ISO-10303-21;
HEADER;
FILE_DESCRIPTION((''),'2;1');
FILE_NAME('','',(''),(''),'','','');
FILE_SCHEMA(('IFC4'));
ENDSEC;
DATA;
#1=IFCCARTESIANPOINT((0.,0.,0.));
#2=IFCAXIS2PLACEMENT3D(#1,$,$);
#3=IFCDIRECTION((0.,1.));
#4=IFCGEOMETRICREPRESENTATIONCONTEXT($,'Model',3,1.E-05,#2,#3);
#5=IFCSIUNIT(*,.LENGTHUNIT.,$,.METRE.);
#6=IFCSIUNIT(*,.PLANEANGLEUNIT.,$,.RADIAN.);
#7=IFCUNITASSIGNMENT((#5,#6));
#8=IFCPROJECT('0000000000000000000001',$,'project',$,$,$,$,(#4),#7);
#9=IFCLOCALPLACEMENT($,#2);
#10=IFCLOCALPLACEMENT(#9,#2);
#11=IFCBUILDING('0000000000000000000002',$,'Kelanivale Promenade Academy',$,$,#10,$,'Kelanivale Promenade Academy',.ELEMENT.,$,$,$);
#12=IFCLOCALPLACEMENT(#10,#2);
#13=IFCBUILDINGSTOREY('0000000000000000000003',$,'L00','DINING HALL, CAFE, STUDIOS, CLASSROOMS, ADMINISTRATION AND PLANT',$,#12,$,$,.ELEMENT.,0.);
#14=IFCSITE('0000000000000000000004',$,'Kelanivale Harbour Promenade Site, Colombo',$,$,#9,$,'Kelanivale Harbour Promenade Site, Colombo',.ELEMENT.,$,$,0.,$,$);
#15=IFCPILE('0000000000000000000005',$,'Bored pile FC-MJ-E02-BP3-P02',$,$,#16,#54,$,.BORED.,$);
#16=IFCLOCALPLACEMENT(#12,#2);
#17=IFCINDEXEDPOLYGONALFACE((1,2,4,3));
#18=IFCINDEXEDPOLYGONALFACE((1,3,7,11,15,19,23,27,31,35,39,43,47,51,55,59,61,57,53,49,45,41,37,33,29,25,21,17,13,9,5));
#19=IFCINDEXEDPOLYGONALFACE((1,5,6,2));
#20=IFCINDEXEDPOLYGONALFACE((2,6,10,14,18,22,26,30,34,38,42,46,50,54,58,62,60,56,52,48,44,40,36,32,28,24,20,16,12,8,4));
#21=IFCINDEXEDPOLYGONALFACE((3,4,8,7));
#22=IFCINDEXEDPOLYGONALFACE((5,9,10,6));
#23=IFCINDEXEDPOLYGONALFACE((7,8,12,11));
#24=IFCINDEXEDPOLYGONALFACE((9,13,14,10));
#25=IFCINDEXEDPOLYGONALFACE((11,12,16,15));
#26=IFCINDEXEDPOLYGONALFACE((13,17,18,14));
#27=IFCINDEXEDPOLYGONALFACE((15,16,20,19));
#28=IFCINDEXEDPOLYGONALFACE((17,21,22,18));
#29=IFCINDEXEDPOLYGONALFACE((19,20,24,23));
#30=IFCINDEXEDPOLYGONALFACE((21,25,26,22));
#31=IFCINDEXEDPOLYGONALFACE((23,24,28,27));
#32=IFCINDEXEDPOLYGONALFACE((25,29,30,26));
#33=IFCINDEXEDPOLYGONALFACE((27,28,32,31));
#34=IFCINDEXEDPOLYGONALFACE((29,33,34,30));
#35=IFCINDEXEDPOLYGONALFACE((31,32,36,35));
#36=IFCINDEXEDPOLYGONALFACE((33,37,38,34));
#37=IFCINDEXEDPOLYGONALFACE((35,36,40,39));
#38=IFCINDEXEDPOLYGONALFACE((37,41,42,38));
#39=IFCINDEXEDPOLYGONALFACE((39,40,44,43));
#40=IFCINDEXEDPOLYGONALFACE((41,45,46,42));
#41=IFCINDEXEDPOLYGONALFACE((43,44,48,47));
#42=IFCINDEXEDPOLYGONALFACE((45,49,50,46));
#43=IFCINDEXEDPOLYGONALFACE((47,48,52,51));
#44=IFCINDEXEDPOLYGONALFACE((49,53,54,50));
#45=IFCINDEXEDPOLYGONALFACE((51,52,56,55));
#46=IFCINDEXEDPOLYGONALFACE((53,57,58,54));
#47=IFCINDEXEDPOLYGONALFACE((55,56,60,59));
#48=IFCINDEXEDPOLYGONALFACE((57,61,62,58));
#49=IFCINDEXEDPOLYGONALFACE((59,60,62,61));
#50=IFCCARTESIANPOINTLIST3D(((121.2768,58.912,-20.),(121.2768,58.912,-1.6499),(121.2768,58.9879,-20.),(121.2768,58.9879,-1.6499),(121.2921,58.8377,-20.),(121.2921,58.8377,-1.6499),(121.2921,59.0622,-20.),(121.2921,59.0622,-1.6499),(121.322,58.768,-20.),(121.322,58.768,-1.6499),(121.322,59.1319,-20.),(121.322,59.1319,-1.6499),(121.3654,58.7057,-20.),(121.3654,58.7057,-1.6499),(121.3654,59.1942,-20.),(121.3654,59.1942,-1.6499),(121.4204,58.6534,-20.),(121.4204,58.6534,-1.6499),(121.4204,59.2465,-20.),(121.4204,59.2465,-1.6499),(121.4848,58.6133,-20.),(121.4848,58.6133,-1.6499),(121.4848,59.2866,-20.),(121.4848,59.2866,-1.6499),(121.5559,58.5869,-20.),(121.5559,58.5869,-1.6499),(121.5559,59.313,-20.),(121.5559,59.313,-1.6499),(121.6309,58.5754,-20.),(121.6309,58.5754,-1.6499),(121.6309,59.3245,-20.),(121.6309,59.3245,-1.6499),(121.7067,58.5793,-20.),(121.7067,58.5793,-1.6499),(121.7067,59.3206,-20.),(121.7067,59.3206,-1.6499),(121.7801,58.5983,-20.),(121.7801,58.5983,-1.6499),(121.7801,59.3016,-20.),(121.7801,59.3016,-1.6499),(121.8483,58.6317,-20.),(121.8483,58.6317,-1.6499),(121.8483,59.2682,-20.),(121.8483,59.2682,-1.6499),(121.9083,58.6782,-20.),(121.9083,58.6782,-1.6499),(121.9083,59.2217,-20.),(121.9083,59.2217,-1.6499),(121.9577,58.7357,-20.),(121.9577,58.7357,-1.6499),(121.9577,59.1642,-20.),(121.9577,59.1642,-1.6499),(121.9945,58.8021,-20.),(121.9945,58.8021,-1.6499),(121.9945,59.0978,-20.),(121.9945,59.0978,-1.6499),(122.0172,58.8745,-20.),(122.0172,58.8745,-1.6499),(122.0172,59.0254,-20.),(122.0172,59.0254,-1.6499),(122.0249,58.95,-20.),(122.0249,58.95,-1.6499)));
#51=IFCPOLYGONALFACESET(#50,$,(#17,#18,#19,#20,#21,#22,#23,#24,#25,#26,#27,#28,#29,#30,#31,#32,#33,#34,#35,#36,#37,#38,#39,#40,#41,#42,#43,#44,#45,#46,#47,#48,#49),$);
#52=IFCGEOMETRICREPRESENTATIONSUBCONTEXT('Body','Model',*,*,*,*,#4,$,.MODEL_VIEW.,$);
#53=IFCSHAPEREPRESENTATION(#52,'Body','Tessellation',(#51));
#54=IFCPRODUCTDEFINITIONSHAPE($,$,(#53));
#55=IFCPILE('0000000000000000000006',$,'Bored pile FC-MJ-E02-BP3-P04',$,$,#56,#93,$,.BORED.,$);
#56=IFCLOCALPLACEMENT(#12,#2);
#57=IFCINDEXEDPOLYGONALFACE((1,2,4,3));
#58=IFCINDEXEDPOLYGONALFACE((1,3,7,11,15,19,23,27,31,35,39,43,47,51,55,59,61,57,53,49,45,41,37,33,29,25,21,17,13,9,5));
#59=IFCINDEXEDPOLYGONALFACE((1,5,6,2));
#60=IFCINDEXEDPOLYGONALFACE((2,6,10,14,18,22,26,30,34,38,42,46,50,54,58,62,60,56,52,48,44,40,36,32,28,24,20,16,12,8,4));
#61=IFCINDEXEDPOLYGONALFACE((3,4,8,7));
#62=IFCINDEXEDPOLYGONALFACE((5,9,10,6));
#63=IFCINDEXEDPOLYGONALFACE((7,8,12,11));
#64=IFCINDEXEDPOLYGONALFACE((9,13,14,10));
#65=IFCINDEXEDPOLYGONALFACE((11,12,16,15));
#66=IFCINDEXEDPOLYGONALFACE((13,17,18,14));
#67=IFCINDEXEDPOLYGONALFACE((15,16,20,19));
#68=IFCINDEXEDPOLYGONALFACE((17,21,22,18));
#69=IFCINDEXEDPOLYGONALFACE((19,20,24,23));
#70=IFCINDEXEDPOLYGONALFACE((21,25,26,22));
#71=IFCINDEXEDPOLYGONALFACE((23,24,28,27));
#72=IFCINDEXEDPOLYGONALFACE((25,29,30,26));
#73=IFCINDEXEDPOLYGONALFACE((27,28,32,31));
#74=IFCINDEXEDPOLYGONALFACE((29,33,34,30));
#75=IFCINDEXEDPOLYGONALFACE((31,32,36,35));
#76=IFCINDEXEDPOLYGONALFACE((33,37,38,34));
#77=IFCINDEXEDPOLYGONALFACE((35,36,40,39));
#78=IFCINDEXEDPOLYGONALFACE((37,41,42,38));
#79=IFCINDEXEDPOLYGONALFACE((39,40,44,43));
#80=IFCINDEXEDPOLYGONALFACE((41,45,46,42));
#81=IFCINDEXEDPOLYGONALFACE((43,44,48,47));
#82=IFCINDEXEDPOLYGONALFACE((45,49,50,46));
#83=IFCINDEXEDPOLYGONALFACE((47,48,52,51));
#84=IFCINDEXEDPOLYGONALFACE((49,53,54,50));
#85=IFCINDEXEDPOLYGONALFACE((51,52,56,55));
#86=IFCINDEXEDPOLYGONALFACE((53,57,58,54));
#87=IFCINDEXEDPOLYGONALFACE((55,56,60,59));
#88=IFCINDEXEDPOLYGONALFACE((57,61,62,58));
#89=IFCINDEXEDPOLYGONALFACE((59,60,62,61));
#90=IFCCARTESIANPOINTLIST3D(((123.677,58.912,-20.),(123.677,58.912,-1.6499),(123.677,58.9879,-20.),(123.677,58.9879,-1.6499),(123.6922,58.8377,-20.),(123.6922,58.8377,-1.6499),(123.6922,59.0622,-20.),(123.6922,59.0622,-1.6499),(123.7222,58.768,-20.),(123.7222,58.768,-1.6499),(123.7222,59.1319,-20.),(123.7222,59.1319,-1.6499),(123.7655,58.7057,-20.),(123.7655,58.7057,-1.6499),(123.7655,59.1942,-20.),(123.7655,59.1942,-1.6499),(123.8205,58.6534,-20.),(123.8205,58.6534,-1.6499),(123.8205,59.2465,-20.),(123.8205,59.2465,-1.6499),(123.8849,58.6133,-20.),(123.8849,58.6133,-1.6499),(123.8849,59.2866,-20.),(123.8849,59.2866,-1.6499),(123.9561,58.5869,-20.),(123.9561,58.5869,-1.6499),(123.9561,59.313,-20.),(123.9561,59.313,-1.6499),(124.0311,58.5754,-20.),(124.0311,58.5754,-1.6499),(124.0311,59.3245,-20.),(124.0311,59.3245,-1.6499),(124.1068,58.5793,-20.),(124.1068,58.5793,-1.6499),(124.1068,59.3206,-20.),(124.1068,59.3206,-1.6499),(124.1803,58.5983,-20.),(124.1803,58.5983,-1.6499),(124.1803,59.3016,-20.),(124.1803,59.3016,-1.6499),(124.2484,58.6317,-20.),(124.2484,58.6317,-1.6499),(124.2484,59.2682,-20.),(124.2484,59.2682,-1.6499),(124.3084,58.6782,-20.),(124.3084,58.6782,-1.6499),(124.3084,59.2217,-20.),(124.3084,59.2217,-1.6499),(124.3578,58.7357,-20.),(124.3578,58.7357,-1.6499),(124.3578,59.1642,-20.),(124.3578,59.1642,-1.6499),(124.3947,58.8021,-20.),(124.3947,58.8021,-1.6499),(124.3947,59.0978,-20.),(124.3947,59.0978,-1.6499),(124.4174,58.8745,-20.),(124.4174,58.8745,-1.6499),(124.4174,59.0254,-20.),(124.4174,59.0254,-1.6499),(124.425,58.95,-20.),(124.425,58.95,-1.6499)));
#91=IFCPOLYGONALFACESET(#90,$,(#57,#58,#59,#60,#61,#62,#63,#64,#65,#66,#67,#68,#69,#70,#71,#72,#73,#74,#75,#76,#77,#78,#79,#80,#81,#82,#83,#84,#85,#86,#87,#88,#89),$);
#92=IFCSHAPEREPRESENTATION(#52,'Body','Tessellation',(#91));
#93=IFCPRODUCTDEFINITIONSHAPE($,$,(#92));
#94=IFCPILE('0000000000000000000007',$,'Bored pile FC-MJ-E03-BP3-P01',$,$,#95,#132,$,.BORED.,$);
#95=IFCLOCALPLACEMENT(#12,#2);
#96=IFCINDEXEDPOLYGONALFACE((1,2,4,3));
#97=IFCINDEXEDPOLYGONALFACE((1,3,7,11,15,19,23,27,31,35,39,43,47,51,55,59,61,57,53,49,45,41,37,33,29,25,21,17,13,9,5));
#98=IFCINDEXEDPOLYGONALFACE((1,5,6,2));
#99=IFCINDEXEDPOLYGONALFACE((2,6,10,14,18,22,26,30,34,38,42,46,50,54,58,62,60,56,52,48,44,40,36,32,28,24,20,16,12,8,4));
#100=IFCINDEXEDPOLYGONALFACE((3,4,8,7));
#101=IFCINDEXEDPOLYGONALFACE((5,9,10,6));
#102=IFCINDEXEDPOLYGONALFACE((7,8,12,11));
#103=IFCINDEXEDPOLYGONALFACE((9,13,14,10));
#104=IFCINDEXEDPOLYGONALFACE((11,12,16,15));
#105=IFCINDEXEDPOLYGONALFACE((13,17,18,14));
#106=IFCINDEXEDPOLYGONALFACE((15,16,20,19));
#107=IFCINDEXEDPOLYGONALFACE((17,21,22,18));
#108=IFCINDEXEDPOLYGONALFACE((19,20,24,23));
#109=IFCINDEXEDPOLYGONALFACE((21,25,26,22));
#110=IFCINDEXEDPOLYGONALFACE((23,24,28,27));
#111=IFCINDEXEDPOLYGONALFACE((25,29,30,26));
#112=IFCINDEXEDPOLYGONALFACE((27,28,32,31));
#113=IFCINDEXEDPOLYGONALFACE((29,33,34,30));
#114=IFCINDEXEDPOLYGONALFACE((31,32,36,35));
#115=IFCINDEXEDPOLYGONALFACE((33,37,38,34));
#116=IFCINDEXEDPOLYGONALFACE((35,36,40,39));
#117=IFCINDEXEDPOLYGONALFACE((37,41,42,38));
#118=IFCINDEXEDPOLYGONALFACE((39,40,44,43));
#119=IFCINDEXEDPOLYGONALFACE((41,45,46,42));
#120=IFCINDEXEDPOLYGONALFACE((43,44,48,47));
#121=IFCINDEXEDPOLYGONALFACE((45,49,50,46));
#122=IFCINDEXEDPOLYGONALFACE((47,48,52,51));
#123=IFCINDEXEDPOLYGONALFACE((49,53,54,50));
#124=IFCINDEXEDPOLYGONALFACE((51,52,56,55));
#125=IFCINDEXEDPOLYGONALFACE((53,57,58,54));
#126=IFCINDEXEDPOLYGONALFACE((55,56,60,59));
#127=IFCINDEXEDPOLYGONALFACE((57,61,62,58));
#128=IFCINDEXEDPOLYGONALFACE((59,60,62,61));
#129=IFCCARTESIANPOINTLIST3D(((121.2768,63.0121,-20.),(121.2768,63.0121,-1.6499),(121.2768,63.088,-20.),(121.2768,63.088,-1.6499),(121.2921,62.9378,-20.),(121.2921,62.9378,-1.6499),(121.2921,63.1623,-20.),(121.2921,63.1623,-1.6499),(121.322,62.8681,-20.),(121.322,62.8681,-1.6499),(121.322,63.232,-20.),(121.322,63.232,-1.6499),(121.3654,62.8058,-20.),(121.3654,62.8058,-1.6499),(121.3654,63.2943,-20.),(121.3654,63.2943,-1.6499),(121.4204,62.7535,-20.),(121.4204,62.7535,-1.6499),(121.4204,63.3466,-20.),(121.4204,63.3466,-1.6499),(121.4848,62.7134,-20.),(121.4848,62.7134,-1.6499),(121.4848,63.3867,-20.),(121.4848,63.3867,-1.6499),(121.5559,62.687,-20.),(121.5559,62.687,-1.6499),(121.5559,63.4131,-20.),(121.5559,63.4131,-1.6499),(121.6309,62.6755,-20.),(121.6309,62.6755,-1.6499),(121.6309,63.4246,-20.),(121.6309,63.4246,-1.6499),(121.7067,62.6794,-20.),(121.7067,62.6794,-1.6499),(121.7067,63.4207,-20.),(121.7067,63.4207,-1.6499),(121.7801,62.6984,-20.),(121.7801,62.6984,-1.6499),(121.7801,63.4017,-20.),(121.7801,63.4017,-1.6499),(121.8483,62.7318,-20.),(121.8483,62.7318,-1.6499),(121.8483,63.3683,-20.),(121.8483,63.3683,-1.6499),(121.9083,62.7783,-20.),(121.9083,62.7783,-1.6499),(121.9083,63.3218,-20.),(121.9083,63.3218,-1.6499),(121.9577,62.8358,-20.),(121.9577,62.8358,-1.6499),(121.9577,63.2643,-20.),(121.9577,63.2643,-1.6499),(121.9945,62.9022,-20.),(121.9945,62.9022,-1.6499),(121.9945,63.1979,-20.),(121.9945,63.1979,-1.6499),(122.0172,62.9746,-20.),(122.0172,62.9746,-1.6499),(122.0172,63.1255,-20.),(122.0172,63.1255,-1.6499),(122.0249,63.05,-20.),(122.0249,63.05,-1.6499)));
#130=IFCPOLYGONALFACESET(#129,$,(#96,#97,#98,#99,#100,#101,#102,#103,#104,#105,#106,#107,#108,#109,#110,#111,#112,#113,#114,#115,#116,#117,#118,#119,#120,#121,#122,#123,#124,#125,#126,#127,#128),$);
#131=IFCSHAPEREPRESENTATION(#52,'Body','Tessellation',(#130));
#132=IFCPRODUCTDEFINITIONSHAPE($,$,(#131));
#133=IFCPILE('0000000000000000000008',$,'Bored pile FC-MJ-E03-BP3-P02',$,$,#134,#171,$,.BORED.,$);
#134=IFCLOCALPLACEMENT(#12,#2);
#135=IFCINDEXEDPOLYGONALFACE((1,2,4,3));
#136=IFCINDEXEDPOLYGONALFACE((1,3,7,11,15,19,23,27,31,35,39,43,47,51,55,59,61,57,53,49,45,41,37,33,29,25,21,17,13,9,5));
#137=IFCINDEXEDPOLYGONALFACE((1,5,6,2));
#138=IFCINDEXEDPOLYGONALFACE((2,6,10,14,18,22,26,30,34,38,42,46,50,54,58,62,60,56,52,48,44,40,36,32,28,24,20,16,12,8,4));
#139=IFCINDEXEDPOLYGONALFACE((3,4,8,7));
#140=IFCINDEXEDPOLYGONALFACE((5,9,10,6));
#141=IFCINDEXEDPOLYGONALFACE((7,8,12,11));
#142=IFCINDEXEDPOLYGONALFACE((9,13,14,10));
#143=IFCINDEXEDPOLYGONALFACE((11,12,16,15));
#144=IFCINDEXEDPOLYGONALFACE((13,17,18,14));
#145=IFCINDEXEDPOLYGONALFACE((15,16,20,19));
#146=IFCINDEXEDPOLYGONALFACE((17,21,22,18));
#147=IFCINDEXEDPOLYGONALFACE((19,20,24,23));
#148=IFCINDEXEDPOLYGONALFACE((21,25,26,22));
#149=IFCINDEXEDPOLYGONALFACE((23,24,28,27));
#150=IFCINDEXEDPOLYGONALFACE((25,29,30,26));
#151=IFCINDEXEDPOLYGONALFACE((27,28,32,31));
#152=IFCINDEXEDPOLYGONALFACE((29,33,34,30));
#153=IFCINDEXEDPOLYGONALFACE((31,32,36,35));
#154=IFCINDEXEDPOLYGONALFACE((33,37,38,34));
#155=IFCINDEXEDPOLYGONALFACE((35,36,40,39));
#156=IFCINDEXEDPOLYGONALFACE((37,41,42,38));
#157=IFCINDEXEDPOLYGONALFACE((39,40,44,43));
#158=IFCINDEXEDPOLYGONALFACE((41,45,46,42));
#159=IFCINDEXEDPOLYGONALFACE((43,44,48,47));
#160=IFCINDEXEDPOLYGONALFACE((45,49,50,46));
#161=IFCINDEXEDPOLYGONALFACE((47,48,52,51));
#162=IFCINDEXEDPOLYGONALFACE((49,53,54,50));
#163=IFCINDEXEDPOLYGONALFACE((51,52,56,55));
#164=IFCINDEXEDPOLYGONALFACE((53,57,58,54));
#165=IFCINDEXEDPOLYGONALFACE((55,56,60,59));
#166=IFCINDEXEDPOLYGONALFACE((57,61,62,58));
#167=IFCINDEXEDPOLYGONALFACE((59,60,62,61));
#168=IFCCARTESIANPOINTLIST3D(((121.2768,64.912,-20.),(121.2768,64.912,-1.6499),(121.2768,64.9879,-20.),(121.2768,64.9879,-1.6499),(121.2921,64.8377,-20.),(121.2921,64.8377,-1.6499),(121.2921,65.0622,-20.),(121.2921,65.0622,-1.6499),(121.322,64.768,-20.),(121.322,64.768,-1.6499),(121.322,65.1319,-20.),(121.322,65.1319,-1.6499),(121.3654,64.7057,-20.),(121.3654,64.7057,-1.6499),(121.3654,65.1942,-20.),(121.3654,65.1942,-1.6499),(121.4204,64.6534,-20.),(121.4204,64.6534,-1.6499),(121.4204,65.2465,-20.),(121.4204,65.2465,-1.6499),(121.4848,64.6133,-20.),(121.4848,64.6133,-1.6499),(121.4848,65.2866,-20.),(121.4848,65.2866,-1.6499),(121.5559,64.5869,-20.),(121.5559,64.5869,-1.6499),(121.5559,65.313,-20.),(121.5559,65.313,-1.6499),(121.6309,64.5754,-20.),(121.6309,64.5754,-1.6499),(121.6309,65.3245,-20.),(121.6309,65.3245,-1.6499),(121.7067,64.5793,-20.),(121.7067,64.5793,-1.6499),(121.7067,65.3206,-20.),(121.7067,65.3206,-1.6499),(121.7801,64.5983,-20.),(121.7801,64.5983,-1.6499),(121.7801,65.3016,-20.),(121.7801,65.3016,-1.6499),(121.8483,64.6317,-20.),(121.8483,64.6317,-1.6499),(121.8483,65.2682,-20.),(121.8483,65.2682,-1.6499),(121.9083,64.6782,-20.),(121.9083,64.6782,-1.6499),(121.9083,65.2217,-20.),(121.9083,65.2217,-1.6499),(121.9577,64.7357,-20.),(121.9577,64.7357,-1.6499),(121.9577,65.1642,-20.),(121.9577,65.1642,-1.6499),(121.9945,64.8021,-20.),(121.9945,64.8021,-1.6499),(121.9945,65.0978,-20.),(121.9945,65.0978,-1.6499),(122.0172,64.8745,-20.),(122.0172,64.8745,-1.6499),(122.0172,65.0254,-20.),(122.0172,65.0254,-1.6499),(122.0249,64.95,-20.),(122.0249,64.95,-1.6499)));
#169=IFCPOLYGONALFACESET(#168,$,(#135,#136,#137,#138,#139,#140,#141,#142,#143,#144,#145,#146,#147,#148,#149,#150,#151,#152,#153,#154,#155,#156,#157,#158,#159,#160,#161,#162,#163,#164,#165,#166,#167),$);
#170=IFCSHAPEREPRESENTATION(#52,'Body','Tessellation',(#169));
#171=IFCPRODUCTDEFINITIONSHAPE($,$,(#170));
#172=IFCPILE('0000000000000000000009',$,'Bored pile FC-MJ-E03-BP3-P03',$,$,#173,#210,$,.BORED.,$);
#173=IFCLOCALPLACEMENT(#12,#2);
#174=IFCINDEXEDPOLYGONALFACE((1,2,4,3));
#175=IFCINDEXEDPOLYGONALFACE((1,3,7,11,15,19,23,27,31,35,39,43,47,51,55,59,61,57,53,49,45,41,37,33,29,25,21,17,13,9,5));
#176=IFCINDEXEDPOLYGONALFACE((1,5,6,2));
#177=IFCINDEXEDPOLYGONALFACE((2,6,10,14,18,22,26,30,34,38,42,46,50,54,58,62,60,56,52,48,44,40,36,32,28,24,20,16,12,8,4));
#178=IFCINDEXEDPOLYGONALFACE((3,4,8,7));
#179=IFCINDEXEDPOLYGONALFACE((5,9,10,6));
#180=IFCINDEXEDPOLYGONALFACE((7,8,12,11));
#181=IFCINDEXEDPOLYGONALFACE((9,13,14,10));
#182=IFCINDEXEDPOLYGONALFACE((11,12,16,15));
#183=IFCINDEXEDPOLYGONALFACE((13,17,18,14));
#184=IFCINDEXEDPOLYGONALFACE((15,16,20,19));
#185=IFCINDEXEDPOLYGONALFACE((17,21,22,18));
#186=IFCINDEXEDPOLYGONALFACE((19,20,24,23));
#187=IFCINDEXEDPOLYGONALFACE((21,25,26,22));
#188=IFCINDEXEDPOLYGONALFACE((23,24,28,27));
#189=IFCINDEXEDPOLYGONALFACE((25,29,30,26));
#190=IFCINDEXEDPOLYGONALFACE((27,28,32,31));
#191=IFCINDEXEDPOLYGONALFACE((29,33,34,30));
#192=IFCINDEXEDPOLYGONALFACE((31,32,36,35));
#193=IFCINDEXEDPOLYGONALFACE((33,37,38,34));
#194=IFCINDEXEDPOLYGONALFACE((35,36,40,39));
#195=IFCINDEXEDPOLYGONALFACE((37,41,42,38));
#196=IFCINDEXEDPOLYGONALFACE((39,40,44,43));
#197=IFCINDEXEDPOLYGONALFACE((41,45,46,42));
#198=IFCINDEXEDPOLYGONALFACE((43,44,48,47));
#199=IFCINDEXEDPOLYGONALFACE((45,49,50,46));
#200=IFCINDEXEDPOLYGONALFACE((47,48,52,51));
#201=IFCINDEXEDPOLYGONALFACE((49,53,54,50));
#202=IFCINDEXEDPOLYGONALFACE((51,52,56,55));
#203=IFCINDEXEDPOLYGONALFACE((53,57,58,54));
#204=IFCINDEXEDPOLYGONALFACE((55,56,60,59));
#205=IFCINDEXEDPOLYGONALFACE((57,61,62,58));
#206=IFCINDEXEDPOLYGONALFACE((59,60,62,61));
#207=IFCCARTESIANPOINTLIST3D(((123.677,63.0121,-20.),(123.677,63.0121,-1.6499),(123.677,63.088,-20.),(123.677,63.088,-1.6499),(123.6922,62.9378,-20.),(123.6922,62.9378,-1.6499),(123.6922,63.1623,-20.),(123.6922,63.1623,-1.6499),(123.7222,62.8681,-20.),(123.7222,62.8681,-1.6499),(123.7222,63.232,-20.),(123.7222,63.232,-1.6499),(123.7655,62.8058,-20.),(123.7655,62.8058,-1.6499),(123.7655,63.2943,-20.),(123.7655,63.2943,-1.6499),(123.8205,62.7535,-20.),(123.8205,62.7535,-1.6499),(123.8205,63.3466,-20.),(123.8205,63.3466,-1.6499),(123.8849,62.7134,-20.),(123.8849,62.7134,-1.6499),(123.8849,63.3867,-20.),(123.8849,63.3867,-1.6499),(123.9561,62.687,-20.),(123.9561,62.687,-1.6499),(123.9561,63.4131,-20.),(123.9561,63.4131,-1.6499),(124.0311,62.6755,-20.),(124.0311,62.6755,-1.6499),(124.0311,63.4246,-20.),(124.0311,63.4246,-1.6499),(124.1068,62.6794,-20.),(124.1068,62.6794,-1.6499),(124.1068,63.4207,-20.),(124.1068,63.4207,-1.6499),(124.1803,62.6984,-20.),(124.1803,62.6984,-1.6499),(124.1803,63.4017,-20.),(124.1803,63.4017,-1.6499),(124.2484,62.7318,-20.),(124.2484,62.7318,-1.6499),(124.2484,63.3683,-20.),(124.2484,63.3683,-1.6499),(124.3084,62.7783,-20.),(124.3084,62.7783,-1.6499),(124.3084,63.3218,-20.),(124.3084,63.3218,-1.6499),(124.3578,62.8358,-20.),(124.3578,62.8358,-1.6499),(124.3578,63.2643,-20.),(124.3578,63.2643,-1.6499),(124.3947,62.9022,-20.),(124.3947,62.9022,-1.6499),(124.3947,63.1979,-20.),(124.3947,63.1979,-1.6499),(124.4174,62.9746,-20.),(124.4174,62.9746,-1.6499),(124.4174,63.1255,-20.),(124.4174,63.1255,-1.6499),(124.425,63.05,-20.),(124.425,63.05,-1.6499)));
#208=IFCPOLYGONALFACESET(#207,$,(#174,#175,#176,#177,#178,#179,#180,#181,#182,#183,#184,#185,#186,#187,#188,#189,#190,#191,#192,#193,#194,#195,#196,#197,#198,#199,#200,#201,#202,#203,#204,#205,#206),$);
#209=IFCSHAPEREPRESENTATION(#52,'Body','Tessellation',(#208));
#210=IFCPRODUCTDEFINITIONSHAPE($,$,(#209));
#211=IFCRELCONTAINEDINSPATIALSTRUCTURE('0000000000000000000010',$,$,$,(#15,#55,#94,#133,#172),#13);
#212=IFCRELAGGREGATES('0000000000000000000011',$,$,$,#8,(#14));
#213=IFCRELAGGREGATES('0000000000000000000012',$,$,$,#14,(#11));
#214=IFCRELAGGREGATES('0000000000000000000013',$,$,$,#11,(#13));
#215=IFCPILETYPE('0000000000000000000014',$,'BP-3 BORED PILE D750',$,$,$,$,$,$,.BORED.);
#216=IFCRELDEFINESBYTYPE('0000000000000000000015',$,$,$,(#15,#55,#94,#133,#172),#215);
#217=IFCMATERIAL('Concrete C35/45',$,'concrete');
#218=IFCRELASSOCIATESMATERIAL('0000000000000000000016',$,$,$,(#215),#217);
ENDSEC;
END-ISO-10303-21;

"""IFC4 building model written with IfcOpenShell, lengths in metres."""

from ifc_helpers import new_model, si_unit, direction, frame, origin, origin_2d, place, context, subcontext, project, spatial, circle, extrude, material, material_profile, profile_set, type_object, element, save


model = new_model("IFC4")

# Units and contexts
model_context = context("Model", 3, precision=1e-05, world=origin(), true_north=direction((0.0, 1.0)))
body_context = subcontext(model_context, "Body", "Model", "MODEL_VIEW")
ifc_project = project(units=[si_unit("LENGTHUNIT", "METRE"), si_unit("PLANEANGLEUNIT", "RADIAN")], contexts=[model_context])

# Site, building, storey
site_placement = place(None, origin())
site = spatial("IfcSite", under=ifc_project, at=site_placement, Name="Kelanivale Harbour Promenade Site, Colombo", LongName="Kelanivale Harbour Promenade Site, Colombo", CompositionType="ELEMENT", RefElevation=0.0)
building_placement = place(site_placement, origin())
building = spatial("IfcBuilding", under=site, at=building_placement, Name="Kelanivale Promenade Academy", LongName="Kelanivale Promenade Academy", CompositionType="ELEMENT")
storey_placement = place(building_placement, origin())
storey = spatial("IfcBuildingStorey", under=building, at=storey_placement, Name="L00", Description="DINING HALL, CAFE, STUDIOS, CLASSROOMS, ADMINISTRATION AND PLANT", CompositionType="ELEMENT", Elevation=0.0)

# Piles
ifc_material_1 = material(Name="Concrete C35/45", Category="concrete")
ifc_material_profile_1 = material_profile(ifc_material_1, circle(Radius=0.375, at=origin_2d()), Name="BORED PILE D750")
ifc_profile_set_1 = profile_set([ifc_material_profile_1], Name="Concrete C35/45")
pile_type_1 = type_object("IfcPileType", Name="BP-3 BORED PILE D750", PredefinedType="BORED", material=ifc_profile_set_1)
for number, where, z_axis, x_axis, name in (
    (1, (121.6499, 58.95, -1.6499), (0.0, 0.0, -1.0), (1.0, 0.0, 0.0), "Bored pile FC-MJ-E02-BP3-P02"),
    (2, (124.05, 58.95, -1.6499), (0.0, 0.0, -1.0), (1.0, 0.0, 0.0), "Bored pile FC-MJ-E02-BP3-P04"),
    (3, (121.6499, 63.05, -1.6499), (0.0, 0.0, -1.0), (1.0, 0.0, 0.0), "Bored pile FC-MJ-E03-BP3-P01"),
    (4, (121.6499, 64.95, -1.6499), (0.0, 0.0, -1.0), (1.0, 0.0, 0.0), "Bored pile FC-MJ-E03-BP3-P02"),
    (5, (124.05, 63.05, -1.6499), (0.0, 0.0, -1.0), (1.0, 0.0, 0.0), "Bored pile FC-MJ-E03-BP3-P03"),
):
    element("IfcPile", number, at=place(storey_placement, frame(where, z_axis=z_axis, x_axis=x_axis)), inside=storey, type_object=pile_type_1, Name=name, PredefinedType="BORED", context=body_context, shape_type="SweptSolid", body=[
        extrude(circle(Radius=0.375, at=origin_2d()), origin(), (0.0, 0.0, 1.0), 18.3501),
    ])

save(model, "model.ifc")
